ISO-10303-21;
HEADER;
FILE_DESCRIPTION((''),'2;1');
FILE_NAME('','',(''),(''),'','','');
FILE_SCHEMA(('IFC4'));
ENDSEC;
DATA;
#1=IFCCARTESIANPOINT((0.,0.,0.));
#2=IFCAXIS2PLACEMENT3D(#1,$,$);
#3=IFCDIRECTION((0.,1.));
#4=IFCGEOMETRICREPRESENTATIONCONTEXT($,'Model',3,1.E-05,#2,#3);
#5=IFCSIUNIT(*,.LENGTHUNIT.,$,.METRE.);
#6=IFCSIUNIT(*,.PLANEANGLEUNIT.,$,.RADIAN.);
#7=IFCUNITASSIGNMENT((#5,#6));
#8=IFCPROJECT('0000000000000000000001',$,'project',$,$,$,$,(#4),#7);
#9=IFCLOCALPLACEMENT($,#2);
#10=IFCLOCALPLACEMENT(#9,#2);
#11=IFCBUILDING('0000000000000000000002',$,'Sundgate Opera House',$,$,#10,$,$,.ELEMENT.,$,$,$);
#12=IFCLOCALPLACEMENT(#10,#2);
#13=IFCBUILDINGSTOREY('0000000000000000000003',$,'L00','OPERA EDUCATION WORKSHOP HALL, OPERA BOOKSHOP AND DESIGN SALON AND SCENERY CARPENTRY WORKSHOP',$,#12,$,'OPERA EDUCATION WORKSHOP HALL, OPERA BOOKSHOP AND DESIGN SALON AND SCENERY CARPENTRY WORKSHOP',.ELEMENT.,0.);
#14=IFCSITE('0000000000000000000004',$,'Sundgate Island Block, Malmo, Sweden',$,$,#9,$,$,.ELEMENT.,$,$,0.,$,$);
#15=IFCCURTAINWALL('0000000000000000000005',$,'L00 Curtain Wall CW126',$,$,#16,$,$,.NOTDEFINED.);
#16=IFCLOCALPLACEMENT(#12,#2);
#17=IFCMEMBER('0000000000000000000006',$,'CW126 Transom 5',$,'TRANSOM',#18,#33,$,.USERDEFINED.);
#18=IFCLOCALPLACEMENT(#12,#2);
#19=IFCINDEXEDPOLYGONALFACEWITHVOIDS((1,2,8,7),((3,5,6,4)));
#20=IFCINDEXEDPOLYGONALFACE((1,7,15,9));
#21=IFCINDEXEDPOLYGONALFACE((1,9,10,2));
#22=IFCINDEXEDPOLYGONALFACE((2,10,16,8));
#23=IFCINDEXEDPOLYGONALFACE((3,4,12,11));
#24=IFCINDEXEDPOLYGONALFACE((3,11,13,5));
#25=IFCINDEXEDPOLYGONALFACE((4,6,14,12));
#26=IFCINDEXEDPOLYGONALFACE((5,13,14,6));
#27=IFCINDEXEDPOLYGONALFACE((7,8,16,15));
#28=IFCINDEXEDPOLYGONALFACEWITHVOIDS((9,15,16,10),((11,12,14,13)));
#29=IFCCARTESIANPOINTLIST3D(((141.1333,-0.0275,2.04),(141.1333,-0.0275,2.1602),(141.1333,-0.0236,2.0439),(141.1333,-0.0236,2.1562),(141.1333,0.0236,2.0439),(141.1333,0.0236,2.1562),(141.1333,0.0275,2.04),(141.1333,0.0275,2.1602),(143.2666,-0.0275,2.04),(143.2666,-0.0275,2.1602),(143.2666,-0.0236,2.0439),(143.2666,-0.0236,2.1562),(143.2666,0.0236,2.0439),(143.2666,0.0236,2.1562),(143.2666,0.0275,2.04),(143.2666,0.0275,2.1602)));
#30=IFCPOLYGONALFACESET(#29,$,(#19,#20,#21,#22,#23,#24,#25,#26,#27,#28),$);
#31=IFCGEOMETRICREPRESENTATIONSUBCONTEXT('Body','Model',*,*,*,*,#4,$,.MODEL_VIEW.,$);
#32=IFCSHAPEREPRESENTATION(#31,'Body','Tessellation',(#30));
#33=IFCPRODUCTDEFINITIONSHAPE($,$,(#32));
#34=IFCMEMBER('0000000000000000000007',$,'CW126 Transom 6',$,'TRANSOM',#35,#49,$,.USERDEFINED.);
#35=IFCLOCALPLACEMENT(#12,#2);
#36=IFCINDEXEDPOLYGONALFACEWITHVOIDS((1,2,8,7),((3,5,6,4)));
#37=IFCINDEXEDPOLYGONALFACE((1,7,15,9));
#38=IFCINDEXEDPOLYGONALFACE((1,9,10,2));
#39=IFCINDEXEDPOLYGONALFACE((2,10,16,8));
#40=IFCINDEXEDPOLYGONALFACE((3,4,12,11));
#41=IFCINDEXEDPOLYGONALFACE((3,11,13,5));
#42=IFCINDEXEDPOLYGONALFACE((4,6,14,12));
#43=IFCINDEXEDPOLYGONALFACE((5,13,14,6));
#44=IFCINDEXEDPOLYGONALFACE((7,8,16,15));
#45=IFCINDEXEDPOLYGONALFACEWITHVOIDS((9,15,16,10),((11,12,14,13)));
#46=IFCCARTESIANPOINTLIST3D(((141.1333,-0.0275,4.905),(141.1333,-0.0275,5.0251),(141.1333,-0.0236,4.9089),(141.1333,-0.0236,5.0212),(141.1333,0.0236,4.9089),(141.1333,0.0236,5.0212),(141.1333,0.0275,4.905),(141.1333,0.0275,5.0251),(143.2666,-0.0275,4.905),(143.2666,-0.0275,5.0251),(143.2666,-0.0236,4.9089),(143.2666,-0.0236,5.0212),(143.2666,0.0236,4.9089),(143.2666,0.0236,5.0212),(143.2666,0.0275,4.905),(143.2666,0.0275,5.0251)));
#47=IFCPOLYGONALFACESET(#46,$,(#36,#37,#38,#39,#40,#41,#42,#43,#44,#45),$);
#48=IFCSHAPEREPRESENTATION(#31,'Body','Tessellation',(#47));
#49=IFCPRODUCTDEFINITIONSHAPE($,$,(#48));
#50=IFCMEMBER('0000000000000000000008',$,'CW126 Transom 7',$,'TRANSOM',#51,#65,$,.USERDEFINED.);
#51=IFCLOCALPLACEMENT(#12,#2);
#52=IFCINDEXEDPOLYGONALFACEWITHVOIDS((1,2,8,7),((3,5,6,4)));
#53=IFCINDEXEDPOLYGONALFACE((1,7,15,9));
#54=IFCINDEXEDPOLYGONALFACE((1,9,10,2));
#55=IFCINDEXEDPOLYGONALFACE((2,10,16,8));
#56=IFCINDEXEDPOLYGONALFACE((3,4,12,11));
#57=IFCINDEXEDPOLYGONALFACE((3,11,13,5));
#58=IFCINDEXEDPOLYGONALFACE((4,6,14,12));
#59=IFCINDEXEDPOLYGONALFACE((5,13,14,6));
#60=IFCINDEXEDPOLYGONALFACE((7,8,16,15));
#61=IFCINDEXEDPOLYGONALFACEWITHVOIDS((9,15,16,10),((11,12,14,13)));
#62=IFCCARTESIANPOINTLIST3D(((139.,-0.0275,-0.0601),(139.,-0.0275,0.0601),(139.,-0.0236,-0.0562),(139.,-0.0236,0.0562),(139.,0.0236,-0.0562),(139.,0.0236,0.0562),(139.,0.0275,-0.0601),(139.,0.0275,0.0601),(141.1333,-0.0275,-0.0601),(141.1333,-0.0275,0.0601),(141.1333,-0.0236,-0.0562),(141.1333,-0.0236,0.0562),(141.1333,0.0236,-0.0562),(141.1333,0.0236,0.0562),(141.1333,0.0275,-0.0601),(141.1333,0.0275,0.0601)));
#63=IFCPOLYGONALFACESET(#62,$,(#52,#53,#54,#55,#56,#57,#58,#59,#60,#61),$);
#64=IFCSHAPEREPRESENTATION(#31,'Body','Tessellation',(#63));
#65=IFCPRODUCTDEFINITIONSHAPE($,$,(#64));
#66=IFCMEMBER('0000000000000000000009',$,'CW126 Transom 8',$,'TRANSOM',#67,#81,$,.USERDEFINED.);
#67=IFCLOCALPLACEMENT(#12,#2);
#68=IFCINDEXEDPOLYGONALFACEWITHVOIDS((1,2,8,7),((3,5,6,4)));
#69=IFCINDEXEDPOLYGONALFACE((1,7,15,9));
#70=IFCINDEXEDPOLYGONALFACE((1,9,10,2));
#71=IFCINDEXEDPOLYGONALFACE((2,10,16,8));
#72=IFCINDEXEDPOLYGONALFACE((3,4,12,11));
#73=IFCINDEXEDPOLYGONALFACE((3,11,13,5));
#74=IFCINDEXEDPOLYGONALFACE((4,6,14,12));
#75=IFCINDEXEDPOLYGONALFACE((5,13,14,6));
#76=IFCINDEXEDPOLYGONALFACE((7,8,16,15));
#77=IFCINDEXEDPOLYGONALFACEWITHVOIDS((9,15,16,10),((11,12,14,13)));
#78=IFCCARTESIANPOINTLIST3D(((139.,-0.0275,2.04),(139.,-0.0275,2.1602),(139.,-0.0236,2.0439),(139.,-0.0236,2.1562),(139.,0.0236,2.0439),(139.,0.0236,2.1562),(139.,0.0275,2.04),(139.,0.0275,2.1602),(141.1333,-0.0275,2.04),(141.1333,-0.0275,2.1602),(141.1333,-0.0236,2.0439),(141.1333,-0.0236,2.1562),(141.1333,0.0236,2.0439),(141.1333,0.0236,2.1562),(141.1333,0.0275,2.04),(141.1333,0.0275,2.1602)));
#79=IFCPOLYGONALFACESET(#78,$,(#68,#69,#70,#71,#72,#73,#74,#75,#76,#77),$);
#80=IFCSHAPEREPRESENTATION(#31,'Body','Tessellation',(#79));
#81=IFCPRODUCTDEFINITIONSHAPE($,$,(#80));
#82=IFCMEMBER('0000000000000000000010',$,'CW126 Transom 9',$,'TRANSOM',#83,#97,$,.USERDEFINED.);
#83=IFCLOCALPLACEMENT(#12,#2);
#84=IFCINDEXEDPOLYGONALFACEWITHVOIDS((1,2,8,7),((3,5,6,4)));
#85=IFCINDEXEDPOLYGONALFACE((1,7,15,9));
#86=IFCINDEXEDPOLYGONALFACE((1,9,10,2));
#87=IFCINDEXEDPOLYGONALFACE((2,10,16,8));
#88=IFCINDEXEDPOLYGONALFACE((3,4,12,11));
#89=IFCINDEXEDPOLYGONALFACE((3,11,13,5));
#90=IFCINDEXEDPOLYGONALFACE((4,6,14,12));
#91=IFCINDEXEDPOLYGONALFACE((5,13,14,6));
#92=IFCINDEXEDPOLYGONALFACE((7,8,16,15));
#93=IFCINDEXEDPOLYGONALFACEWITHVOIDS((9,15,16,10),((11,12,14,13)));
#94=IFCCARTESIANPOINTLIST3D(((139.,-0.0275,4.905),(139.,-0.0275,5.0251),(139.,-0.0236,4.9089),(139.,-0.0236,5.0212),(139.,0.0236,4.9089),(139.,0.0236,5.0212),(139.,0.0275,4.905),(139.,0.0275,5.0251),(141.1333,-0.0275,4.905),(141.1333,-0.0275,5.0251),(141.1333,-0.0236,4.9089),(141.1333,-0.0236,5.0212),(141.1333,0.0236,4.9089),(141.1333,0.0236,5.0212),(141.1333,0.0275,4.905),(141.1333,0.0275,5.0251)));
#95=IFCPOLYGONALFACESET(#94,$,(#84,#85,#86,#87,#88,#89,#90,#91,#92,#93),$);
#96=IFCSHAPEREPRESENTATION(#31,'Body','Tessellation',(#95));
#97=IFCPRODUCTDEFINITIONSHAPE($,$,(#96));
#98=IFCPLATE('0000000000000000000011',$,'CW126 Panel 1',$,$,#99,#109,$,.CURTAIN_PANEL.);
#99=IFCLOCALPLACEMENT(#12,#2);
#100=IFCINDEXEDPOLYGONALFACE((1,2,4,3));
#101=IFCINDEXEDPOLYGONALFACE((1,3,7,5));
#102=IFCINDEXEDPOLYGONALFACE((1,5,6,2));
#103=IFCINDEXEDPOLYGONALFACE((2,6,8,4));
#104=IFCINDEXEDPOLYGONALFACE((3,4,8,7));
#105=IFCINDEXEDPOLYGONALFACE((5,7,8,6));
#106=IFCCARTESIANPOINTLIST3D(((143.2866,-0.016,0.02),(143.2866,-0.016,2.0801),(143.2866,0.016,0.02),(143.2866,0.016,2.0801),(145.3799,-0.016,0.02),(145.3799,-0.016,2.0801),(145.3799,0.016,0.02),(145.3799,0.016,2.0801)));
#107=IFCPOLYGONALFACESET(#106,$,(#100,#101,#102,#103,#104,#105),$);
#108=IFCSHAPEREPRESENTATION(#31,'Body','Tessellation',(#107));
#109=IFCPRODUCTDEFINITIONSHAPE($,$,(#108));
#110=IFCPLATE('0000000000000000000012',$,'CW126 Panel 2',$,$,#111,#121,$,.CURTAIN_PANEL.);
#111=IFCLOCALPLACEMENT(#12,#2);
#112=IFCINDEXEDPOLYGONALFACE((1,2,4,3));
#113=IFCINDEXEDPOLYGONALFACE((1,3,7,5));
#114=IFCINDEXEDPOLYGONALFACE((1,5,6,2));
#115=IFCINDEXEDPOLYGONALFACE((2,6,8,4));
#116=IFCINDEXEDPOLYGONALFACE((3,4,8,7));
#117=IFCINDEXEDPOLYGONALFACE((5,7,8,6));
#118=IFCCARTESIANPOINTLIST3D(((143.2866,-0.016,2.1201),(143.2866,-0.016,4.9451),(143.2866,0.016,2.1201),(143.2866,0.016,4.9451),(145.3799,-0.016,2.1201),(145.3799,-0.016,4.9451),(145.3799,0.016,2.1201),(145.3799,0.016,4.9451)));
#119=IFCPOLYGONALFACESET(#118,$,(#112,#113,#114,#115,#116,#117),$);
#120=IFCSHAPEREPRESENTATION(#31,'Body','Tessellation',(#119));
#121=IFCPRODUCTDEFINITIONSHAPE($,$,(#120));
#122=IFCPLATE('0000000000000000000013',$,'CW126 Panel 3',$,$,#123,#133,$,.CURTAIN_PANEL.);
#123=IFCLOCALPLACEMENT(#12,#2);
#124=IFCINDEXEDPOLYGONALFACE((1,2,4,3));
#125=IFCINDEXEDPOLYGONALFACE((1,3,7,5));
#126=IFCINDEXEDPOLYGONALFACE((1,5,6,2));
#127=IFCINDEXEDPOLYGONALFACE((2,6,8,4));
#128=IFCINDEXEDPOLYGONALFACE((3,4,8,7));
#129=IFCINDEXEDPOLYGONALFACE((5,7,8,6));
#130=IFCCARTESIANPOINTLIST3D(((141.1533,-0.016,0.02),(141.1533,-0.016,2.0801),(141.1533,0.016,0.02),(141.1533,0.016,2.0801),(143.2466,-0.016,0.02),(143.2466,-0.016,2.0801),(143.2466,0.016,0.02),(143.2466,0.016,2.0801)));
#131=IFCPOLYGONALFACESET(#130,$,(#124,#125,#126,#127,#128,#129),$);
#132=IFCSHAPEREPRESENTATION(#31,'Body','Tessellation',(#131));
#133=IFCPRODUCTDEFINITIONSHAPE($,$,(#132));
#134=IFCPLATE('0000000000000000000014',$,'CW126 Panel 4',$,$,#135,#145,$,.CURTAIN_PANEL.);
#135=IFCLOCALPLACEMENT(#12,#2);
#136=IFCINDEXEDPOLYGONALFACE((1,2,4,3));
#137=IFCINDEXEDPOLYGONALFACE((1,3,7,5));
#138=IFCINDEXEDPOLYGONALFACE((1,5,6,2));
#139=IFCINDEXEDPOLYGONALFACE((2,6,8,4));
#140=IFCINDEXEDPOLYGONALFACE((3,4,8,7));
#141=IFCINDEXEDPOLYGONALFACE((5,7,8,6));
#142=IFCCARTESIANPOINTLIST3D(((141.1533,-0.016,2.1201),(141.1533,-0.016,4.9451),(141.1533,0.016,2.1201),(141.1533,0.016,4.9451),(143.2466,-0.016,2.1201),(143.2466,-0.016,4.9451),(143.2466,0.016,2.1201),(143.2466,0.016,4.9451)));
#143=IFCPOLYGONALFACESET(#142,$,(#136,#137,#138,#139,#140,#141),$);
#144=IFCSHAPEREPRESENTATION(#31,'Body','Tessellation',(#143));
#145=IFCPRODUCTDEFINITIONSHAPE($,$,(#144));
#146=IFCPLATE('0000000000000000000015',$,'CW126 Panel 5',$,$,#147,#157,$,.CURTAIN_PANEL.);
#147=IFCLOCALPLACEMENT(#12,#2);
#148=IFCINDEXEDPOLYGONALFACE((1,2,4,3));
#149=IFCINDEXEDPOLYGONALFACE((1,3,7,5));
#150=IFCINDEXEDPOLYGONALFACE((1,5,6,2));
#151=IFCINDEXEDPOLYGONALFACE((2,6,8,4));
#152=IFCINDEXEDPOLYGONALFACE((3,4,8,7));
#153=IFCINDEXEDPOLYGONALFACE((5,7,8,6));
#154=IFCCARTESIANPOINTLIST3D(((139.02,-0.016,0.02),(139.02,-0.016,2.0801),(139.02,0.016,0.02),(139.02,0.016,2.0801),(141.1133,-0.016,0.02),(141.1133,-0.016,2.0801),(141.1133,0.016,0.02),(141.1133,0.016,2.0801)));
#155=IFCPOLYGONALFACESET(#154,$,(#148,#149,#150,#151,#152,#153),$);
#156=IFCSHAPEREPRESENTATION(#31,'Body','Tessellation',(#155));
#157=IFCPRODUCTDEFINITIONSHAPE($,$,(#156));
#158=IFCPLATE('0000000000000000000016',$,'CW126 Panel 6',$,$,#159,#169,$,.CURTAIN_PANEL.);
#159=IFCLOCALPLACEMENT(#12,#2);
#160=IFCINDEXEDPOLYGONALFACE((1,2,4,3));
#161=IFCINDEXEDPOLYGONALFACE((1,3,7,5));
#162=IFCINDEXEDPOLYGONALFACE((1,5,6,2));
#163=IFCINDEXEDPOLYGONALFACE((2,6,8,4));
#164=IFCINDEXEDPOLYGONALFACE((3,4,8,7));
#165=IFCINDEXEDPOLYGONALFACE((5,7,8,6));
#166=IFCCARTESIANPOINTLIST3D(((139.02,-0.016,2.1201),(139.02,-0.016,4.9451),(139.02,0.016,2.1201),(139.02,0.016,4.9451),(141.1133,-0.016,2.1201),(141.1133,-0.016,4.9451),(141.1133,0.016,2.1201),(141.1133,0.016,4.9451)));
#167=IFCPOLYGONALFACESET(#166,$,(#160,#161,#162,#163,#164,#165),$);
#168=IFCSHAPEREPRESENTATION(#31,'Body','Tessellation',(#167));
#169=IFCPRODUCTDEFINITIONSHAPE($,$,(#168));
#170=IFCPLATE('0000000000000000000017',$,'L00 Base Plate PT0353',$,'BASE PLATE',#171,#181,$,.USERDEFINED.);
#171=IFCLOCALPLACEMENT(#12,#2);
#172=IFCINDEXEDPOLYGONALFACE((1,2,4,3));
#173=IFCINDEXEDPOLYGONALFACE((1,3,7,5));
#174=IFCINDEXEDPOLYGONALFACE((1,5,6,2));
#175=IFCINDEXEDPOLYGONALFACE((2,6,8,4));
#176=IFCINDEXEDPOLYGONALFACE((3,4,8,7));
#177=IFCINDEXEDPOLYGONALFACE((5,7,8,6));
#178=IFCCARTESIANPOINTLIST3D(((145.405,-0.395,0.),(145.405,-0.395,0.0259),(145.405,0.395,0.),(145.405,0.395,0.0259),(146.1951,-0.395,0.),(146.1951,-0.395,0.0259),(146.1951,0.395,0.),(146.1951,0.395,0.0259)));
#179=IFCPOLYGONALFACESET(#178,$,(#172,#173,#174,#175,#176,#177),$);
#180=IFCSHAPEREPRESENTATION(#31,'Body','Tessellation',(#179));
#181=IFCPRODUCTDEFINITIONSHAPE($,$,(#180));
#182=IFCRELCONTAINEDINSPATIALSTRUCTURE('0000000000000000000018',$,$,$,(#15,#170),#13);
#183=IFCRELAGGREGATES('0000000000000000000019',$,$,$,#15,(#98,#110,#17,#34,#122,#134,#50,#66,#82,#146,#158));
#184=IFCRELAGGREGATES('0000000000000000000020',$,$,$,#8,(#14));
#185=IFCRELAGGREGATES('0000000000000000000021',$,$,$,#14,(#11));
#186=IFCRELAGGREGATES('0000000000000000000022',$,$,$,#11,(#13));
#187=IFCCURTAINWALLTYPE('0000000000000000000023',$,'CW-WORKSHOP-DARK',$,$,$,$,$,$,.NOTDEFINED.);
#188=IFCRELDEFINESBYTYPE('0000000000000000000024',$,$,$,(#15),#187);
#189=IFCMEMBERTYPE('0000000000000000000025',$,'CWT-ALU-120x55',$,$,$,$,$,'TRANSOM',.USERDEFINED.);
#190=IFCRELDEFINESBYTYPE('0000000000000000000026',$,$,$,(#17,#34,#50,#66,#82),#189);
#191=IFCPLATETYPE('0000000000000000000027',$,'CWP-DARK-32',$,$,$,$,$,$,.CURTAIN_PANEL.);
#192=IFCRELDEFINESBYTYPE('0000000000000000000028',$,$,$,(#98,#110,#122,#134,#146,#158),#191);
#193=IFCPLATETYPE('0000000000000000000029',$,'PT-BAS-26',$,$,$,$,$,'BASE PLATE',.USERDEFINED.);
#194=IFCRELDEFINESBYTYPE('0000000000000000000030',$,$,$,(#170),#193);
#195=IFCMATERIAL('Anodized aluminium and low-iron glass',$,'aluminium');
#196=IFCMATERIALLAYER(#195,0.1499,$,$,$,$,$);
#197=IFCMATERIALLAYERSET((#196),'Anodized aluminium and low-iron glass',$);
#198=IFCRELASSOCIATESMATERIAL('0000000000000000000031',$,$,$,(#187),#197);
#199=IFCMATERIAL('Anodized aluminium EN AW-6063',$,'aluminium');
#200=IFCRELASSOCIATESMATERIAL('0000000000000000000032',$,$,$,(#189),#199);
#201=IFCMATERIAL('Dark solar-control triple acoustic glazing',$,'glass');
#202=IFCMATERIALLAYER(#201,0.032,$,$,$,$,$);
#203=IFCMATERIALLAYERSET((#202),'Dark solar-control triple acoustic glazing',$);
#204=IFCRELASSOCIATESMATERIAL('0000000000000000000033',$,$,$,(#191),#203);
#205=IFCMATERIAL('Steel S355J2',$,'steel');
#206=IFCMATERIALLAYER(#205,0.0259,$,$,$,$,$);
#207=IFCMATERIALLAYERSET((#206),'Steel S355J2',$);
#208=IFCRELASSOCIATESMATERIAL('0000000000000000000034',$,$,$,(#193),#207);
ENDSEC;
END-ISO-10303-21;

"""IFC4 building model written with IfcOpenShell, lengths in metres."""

from ifc_helpers import new_model, si_unit, direction, frame, origin, origin_2d, place, context, subcontext, project, spatial, rectangle, hollow_rectangle, extrude, material, layer, layer_set, material_profile, profile_set, type_object, element, aggregate, save


model = new_model("IFC4")

# Units and contexts
model_context = context("Model", 3, precision=1e-05, world=origin(), true_north=direction((0.0, 1.0)))
body_context = subcontext(model_context, "Body", "Model", "MODEL_VIEW")
ifc_project = project(units=[si_unit("LENGTHUNIT", "METRE"), si_unit("PLANEANGLEUNIT", "RADIAN")], contexts=[model_context])

# Site, building, storey
site_placement = place(None, origin())
site = spatial("IfcSite", under=ifc_project, at=site_placement, Name="Sundgate Island Block, Malmo, Sweden", CompositionType="ELEMENT", RefElevation=0.0)
building_placement = place(site_placement, origin())
building = spatial("IfcBuilding", under=site, at=building_placement, Name="Sundgate Opera House", CompositionType="ELEMENT")
storey_placement = place(building_placement, origin())
storey = spatial("IfcBuildingStorey", under=building, at=storey_placement, Name="L00", Description="OPERA EDUCATION WORKSHOP HALL, OPERA BOOKSHOP AND DESIGN SALON AND SCENERY CARPENTRY WORKSHOP", LongName="OPERA EDUCATION WORKSHOP HALL, OPERA BOOKSHOP AND DESIGN SALON AND SCENERY CARPENTRY WORKSHOP", CompositionType="ELEMENT", Elevation=0.0)

# Curtain wall, members, plates
ifc_material_1 = material(Name="Anodized aluminium and low-iron glass", Category="aluminium")
ifc_layer_1 = layer(ifc_material_1, 0.1499)
ifc_layer_set_1 = layer_set([ifc_layer_1], Name="Anodized aluminium and low-iron glass")
curtain_wall_type = type_object("IfcCurtainWallType", Name="CW-WORKSHOP-DARK", PredefinedType="NOTDEFINED", material=ifc_layer_set_1)
curtain_wall_placement = place(storey_placement, origin())
curtain_wall = element("IfcCurtainWall", 1, at=curtain_wall_placement, inside=storey, type_object=curtain_wall_type, Name="L00 Curtain Wall CW126", PredefinedType="NOTDEFINED")
ifc_material_2 = material(Name="Anodized aluminium EN AW-6063", Category="aluminium")
ifc_material_profile_1 = material_profile(ifc_material_2, hollow_rectangle(XDim=0.0549, YDim=0.1201, WallThickness=0.0039, at=origin_2d()), Name="CWT 120x55x4")
ifc_profile_set_1 = profile_set([ifc_material_profile_1], Name="Anodized aluminium EN AW-6063")
member_type_1 = type_object("IfcMemberType", Name="CWT-ALU-120x55", ElementType="TRANSOM", PredefinedType="USERDEFINED", material=ifc_profile_set_1)
member_1_placement = place(storey_placement, frame((143.2666, 0.0, 2.1001), z_axis=(-1.0, 0.0, 0.0), x_axis=(0.0, -1.0, 0.0)))
member_1 = element("IfcMember", 2, at=member_1_placement, type_object=member_type_1, Name="CW126 Transom 5", ObjectType="TRANSOM", PredefinedType="USERDEFINED", context=body_context, shape_type="SweptSolid", body=[
    extrude(hollow_rectangle(XDim=0.0549, YDim=0.1201, WallThickness=0.0039, at=origin_2d()), origin(), (0.0, 0.0, 1.0), 2.1333),
])
member_2_placement = place(storey_placement, frame((143.2666, 0.0, 4.9651), z_axis=(-1.0, 0.0, 0.0), x_axis=(0.0, -1.0, 0.0)))
member_2 = element("IfcMember", 3, at=member_2_placement, type_object=member_type_1, Name="CW126 Transom 6", ObjectType="TRANSOM", PredefinedType="USERDEFINED", context=body_context, shape_type="SweptSolid", body=[
    extrude(hollow_rectangle(XDim=0.0549, YDim=0.1201, WallThickness=0.0039, at=origin_2d()), origin(), (0.0, 0.0, 1.0), 2.1333),
])
member_3_placement = place(storey_placement, frame((141.1333, 0.0, 0.0), z_axis=(-1.0, 0.0, 0.0), x_axis=(0.0, -1.0, 0.0)))
member_3 = element("IfcMember", 4, at=member_3_placement, type_object=member_type_1, Name="CW126 Transom 7", ObjectType="TRANSOM", PredefinedType="USERDEFINED", context=body_context, shape_type="SweptSolid", body=[
    extrude(hollow_rectangle(XDim=0.0549, YDim=0.1201, WallThickness=0.0039, at=origin_2d()), origin(), (0.0, 0.0, 1.0), 2.1333),
])
member_4_placement = place(storey_placement, frame((141.1333, 0.0, 2.1001), z_axis=(-1.0, 0.0, 0.0), x_axis=(0.0, -1.0, 0.0)))
member_4 = element("IfcMember", 5, at=member_4_placement, type_object=member_type_1, Name="CW126 Transom 8", ObjectType="TRANSOM", PredefinedType="USERDEFINED", context=body_context, shape_type="SweptSolid", body=[
    extrude(hollow_rectangle(XDim=0.0549, YDim=0.1201, WallThickness=0.0039, at=origin_2d()), origin(), (0.0, 0.0, 1.0), 2.1333),
])
member_5_placement = place(storey_placement, frame((141.1333, 0.0, 4.9651), z_axis=(-1.0, 0.0, 0.0), x_axis=(0.0, -1.0, 0.0)))
member_5 = element("IfcMember", 6, at=member_5_placement, type_object=member_type_1, Name="CW126 Transom 9", ObjectType="TRANSOM", PredefinedType="USERDEFINED", context=body_context, shape_type="SweptSolid", body=[
    extrude(hollow_rectangle(XDim=0.0549, YDim=0.1201, WallThickness=0.0039, at=origin_2d()), origin(), (0.0, 0.0, 1.0), 2.1333),
])
ifc_material_3 = material(Name="Dark solar-control triple acoustic glazing", Category="glass")
ifc_layer_2 = layer(ifc_material_3, 0.032)
ifc_layer_set_2 = layer_set([ifc_layer_2], Name="Dark solar-control triple acoustic glazing")
plate_type_1 = type_object("IfcPlateType", Name="CWP-DARK-32", PredefinedType="CURTAIN_PANEL", material=ifc_layer_set_2)
plate_1_placement = place(storey_placement, frame((144.3333, 0.0, 0.02), z_axis=(0.0, 0.0, 1.0), x_axis=(-1.0, 0.0, 0.0)))
plate_1 = element("IfcPlate", 7, at=plate_1_placement, type_object=plate_type_1, Name="CW126 Panel 1", PredefinedType="CURTAIN_PANEL", context=body_context, shape_type="SweptSolid", body=[
    extrude(rectangle(XDim=2.0933, YDim=0.032, at=origin_2d()), origin(), (0.0, 0.0, 1.0), 2.0601),
])
plate_2_placement = place(storey_placement, frame((144.3333, 0.0, 2.1201), z_axis=(0.0, 0.0, 1.0), x_axis=(-1.0, 0.0, 0.0)))
plate_2 = element("IfcPlate", 8, at=plate_2_placement, type_object=plate_type_1, Name="CW126 Panel 2", PredefinedType="CURTAIN_PANEL", context=body_context, shape_type="SweptSolid", body=[
    extrude(rectangle(XDim=2.0933, YDim=0.032, at=origin_2d()), origin(), (0.0, 0.0, 1.0), 2.825),
])
plate_3_placement = place(storey_placement, frame((142.2, 0.0, 0.02), z_axis=(0.0, 0.0, 1.0), x_axis=(-1.0, 0.0, 0.0)))
plate_3 = element("IfcPlate", 9, at=plate_3_placement, type_object=plate_type_1, Name="CW126 Panel 3", PredefinedType="CURTAIN_PANEL", context=body_context, shape_type="SweptSolid", body=[
    extrude(rectangle(XDim=2.0933, YDim=0.032, at=origin_2d()), origin(), (0.0, 0.0, 1.0), 2.0601),
])
plate_4_placement = place(storey_placement, frame((142.2, 0.0, 2.1201), z_axis=(0.0, 0.0, 1.0), x_axis=(-1.0, 0.0, 0.0)))
plate_4 = element("IfcPlate", 10, at=plate_4_placement, type_object=plate_type_1, Name="CW126 Panel 4", PredefinedType="CURTAIN_PANEL", context=body_context, shape_type="SweptSolid", body=[
    extrude(rectangle(XDim=2.0933, YDim=0.032, at=origin_2d()), origin(), (0.0, 0.0, 1.0), 2.825),
])
plate_5_placement = place(storey_placement, frame((140.0667, 0.0, 0.02), z_axis=(0.0, 0.0, 1.0), x_axis=(-1.0, 0.0, 0.0)))
plate_5 = element("IfcPlate", 11, at=plate_5_placement, type_object=plate_type_1, Name="CW126 Panel 5", PredefinedType="CURTAIN_PANEL", context=body_context, shape_type="SweptSolid", body=[
    extrude(rectangle(XDim=2.0933, YDim=0.032, at=origin_2d()), origin(), (0.0, 0.0, 1.0), 2.0601),
])
plate_6_placement = place(storey_placement, frame((140.0667, 0.0, 2.1201), z_axis=(0.0, 0.0, 1.0), x_axis=(-1.0, 0.0, 0.0)))
plate_6 = element("IfcPlate", 12, at=plate_6_placement, type_object=plate_type_1, Name="CW126 Panel 6", PredefinedType="CURTAIN_PANEL", context=body_context, shape_type="SweptSolid", body=[
    extrude(rectangle(XDim=2.0933, YDim=0.032, at=origin_2d()), origin(), (0.0, 0.0, 1.0), 2.825),
])
aggregate(curtain_wall, [plate_1, plate_2, member_1, member_2, plate_3, plate_4, member_3, member_4, member_5, plate_5, plate_6])

# Plate
ifc_material_4 = material(Name="Steel S355J2", Category="steel")
ifc_layer_3 = layer(ifc_material_4, 0.0259)
ifc_layer_set_3 = layer_set([ifc_layer_3], Name="Steel S355J2")
plate_type_2 = type_object("IfcPlateType", Name="PT-BAS-26", ElementType="BASE PLATE", PredefinedType="USERDEFINED", material=ifc_layer_set_3)
plate_7_placement = place(storey_placement, frame((145.8, 0.0, 0.0), z_axis=(0.0, 0.0, 1.0), x_axis=(1.0, 0.0, 0.0)))
element("IfcPlate", 13, at=plate_7_placement, inside=storey, type_object=plate_type_2, Name="L00 Base Plate PT0353", ObjectType="BASE PLATE", PredefinedType="USERDEFINED", context=body_context, shape_type="SweptSolid", body=[
    extrude(rectangle(XDim=0.79, YDim=0.79, at=origin_2d()), origin(), (0.0, 0.0, 1.0), 0.0259),
])

save(model, "model.ifc")
